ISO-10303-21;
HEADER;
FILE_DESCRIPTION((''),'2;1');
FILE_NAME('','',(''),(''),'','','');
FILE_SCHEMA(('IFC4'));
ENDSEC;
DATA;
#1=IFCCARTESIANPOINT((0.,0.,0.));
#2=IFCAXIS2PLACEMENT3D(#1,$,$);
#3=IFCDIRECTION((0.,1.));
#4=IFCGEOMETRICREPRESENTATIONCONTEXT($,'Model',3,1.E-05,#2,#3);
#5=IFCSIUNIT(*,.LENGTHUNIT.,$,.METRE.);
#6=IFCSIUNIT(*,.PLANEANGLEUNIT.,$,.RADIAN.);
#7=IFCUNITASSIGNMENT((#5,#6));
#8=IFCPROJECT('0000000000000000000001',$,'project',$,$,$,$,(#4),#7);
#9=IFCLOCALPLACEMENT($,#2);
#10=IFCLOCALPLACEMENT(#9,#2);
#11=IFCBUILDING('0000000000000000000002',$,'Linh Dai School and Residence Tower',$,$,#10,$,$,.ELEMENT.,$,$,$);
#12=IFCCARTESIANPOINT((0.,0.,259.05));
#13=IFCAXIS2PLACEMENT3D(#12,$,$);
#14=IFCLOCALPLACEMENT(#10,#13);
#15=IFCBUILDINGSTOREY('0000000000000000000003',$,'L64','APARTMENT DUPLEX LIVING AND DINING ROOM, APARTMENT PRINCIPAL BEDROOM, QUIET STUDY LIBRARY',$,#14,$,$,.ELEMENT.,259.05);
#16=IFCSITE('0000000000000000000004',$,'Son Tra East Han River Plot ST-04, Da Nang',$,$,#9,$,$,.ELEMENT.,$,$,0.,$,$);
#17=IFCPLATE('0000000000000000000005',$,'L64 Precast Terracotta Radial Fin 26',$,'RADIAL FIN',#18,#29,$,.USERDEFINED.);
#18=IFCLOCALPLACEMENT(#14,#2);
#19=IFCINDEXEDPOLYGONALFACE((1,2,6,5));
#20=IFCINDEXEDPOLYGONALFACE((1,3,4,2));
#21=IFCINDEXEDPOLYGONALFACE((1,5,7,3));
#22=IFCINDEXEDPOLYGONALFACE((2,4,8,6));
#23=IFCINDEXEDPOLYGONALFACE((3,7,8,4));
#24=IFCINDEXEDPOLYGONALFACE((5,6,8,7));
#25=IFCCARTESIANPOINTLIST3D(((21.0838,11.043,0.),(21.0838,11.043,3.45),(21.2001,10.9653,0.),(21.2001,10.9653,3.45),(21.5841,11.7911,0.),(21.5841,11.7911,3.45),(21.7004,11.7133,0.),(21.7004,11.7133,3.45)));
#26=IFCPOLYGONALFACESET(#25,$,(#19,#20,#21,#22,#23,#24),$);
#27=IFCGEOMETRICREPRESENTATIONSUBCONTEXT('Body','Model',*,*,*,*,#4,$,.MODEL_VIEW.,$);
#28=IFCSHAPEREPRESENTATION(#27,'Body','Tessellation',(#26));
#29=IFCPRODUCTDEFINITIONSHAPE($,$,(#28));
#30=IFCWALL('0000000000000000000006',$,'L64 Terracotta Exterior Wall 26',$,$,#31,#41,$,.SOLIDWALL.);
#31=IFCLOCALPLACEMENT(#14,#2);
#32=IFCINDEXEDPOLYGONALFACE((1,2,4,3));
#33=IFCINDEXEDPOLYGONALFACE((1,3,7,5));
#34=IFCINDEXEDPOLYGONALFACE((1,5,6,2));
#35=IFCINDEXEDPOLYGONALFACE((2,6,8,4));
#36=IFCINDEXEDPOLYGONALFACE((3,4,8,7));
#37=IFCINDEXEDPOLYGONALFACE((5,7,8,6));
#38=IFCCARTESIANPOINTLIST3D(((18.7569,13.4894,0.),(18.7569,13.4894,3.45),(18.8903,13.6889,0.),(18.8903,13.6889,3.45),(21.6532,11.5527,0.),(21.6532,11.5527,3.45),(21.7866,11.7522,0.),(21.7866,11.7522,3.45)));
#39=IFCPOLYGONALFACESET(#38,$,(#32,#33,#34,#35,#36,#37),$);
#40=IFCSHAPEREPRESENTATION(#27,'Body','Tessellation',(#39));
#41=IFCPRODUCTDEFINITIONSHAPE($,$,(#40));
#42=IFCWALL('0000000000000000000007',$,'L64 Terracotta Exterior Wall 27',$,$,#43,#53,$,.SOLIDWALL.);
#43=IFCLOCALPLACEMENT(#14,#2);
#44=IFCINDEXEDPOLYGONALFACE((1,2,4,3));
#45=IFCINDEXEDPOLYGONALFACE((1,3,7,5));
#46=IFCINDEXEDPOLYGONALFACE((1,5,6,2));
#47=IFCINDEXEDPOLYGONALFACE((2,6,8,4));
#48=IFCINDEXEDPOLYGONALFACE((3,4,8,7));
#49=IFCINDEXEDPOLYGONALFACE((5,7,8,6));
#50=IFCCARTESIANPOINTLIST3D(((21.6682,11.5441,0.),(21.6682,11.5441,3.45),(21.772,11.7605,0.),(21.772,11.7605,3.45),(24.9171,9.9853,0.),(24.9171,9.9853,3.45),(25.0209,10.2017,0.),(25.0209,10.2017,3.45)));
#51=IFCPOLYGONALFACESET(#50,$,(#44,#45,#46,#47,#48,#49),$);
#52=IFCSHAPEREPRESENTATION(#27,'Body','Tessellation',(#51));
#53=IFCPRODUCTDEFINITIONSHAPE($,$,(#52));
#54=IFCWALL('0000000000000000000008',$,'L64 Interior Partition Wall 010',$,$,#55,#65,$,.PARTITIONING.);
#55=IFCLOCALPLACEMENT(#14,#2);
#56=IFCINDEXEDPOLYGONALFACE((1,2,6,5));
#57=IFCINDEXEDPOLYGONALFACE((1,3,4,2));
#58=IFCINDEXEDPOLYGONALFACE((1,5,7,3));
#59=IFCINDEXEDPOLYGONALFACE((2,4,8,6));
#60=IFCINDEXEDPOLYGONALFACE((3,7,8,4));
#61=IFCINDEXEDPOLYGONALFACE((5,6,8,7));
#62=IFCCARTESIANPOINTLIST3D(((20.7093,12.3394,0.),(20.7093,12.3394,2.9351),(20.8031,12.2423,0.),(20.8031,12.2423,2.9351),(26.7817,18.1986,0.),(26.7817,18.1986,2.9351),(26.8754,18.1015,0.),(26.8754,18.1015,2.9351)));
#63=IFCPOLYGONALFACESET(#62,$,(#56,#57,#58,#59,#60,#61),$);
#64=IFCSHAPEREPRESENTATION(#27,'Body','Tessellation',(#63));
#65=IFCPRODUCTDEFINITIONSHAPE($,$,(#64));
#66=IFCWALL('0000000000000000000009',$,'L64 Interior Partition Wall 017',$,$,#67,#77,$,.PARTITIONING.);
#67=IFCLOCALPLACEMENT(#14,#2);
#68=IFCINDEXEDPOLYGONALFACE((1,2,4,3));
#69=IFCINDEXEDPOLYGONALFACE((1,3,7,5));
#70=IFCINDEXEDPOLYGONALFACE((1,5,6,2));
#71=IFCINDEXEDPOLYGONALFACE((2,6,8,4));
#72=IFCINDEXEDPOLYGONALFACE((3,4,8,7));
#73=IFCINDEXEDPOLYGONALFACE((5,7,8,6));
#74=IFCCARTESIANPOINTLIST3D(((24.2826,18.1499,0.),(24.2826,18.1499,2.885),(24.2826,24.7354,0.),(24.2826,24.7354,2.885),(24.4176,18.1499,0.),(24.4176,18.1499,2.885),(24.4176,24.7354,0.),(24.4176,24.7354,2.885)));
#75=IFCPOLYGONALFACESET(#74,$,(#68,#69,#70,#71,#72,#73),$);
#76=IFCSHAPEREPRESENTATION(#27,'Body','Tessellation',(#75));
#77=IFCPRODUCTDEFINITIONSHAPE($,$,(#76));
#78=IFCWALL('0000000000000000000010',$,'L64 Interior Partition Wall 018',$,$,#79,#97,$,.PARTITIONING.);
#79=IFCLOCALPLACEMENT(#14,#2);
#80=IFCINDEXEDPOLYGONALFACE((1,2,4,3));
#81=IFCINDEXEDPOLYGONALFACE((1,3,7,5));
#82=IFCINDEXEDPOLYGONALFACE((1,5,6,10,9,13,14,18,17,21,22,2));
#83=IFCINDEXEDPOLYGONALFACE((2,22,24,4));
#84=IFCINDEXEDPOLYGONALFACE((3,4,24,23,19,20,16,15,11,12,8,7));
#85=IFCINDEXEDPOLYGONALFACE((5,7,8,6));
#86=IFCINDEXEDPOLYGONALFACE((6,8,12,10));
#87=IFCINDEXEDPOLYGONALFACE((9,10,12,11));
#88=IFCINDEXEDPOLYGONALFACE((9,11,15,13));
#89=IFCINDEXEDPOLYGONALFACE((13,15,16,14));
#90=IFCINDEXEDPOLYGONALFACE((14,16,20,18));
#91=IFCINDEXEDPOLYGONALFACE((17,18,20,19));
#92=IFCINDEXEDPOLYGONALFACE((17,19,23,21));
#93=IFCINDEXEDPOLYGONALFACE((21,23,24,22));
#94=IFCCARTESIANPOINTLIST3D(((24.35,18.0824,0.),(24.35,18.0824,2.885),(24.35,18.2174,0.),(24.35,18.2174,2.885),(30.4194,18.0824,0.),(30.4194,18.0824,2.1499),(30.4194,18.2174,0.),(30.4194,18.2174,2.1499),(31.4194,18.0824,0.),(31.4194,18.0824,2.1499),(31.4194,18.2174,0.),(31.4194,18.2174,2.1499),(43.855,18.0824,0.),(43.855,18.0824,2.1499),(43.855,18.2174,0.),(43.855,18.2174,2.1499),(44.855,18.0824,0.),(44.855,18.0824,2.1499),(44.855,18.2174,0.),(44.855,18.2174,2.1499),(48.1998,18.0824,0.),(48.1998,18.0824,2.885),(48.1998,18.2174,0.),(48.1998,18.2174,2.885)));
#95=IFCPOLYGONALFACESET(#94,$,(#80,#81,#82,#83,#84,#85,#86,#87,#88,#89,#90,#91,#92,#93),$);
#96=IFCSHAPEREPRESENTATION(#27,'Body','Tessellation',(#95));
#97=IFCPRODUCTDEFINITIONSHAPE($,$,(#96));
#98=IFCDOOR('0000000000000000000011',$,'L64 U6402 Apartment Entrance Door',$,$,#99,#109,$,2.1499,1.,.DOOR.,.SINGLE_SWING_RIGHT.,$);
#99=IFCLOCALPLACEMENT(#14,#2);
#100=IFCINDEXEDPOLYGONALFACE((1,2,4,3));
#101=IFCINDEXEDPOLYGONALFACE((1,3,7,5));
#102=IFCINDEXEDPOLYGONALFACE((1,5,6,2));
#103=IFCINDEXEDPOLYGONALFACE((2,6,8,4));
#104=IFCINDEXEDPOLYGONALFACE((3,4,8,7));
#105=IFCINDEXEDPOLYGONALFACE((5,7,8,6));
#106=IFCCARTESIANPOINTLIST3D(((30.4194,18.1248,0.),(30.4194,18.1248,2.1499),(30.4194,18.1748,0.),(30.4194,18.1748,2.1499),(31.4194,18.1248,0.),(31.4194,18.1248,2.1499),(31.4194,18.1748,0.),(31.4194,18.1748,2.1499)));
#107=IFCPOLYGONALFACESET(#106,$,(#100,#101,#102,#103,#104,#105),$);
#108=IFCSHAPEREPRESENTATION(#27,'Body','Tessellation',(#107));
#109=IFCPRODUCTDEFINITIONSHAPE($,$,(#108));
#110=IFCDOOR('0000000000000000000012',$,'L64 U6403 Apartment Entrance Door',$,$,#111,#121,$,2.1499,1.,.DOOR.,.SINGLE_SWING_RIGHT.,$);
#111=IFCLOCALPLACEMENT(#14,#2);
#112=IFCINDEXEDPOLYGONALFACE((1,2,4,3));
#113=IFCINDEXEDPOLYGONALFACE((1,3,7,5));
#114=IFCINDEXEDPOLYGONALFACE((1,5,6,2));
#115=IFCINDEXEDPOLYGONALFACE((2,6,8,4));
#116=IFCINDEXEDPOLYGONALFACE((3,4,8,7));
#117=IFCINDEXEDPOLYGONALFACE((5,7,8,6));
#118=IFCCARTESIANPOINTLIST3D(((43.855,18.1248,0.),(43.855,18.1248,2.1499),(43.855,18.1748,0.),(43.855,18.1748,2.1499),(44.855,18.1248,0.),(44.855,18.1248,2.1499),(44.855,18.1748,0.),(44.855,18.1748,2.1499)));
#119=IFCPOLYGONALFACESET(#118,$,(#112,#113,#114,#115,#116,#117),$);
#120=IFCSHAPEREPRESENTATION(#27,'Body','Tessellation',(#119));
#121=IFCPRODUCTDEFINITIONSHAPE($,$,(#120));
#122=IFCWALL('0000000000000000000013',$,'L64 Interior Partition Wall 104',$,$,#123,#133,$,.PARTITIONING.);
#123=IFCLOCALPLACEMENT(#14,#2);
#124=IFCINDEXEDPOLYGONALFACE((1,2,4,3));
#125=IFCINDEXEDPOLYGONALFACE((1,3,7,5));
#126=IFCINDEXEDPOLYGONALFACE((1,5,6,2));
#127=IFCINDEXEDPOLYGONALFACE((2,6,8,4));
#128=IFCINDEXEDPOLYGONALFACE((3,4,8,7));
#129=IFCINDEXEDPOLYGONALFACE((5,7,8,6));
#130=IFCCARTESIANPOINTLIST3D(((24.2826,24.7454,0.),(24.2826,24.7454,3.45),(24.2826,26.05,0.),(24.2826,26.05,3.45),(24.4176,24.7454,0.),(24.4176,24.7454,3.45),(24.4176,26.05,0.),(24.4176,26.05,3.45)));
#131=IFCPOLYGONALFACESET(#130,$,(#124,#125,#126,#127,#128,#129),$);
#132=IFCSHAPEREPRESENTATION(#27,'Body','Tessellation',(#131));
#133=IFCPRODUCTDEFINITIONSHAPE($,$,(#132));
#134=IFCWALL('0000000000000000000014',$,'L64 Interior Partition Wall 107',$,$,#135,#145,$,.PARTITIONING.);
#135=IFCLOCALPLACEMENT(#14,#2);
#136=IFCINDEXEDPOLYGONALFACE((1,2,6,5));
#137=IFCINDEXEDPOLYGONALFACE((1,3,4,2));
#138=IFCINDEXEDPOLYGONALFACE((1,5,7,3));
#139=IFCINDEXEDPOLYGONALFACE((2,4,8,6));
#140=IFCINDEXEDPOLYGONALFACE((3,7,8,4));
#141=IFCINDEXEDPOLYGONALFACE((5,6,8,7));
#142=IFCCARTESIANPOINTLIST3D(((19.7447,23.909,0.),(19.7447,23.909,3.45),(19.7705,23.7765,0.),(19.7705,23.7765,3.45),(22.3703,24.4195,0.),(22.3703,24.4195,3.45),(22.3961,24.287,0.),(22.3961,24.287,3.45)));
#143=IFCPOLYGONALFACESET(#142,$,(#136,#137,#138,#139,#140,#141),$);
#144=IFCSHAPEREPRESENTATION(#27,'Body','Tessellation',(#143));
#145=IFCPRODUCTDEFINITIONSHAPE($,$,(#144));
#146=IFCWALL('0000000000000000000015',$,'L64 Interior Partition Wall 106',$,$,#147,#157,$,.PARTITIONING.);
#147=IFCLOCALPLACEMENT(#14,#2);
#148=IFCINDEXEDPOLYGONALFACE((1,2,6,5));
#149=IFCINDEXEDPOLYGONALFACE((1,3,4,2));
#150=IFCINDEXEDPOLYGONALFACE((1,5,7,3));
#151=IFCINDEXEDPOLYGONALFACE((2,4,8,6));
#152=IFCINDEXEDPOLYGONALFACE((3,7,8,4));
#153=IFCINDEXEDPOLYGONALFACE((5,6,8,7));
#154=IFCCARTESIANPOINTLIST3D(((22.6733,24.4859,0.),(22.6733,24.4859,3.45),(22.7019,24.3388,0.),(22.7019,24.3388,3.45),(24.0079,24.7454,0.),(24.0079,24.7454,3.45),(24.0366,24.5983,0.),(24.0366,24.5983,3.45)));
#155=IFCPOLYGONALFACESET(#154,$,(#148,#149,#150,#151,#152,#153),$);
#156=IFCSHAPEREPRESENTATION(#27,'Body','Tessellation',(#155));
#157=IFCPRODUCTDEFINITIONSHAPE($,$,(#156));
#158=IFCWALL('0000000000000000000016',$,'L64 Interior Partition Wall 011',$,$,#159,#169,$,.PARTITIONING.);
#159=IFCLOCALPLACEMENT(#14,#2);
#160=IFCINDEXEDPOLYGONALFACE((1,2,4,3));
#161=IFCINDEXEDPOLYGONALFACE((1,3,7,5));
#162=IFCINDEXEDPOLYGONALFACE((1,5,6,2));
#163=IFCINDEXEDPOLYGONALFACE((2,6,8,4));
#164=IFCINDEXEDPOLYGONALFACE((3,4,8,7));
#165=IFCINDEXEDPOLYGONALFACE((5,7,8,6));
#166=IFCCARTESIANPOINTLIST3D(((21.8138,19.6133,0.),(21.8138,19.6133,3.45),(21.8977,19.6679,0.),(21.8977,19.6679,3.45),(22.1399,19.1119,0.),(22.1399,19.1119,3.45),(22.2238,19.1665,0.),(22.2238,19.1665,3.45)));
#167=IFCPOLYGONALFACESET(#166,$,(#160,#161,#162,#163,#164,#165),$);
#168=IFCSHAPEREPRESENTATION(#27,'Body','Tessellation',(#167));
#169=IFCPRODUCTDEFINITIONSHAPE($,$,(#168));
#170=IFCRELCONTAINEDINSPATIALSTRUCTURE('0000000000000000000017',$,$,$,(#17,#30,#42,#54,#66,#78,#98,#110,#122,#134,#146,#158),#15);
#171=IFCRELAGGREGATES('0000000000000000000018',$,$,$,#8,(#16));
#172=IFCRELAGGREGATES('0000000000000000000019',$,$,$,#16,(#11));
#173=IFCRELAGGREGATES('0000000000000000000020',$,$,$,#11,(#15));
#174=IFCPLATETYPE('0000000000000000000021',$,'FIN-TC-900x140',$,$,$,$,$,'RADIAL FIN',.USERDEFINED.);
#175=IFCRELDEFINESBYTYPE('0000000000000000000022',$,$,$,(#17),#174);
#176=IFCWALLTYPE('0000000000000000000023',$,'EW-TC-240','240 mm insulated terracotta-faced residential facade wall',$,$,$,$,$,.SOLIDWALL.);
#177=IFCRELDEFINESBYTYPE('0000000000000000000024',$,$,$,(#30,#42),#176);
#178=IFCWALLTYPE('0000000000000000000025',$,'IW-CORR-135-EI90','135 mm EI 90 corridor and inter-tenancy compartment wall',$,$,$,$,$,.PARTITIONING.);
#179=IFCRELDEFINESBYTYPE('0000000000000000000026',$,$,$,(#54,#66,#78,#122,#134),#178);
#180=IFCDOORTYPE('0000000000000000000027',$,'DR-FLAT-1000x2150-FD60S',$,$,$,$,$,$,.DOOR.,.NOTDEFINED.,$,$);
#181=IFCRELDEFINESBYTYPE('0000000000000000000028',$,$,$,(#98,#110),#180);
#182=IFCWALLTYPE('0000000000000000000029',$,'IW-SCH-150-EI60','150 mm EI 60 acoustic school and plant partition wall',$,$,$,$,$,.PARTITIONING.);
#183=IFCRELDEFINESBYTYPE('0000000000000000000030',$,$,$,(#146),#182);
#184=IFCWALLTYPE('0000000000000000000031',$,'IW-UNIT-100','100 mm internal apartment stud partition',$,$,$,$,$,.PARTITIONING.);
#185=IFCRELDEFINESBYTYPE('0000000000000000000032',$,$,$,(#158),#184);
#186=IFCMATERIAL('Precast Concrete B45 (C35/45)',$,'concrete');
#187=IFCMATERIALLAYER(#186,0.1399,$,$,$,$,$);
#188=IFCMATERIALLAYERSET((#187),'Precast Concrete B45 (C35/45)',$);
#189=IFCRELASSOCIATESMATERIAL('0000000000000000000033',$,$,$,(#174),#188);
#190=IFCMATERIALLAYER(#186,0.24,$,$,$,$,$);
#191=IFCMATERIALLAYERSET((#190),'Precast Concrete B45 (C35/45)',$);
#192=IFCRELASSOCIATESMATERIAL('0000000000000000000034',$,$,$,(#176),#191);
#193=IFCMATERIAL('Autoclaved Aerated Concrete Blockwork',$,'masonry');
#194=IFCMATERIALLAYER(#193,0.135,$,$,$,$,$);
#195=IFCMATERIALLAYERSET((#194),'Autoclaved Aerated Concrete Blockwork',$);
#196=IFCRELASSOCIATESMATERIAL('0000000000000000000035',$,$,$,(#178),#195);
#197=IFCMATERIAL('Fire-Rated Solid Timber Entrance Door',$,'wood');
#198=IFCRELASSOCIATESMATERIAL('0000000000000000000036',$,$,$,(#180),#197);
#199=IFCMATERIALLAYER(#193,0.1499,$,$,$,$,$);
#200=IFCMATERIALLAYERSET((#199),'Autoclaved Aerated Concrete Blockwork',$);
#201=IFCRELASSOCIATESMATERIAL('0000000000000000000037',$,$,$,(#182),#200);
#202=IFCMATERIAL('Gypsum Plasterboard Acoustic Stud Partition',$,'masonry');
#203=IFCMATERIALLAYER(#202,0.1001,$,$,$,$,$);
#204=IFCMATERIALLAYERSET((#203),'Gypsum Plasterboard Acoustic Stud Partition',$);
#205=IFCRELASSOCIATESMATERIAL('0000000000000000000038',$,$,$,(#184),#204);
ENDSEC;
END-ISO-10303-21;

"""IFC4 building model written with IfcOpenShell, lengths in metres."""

from ifc_helpers import new_model, si_unit, direction, frame, frame_2d, origin, origin_2d, place, context, subcontext, project, spatial, rectangle, extrude, source, transform, mapped, material, layer, layer_set, type_object, element, fill, save


model = new_model("IFC4")

# Units and contexts
model_context = context("Model", 3, precision=1e-05, world=origin(), true_north=direction((0.0, 1.0)))
body_context = subcontext(model_context, "Body", "Model", "MODEL_VIEW")
ifc_project = project(units=[si_unit("LENGTHUNIT", "METRE"), si_unit("PLANEANGLEUNIT", "RADIAN")], contexts=[model_context])

# Site, building, storey
site_placement = place(None, origin())
site = spatial("IfcSite", under=ifc_project, at=site_placement, Name="Son Tra East Han River Plot ST-04, Da Nang", CompositionType="ELEMENT", RefElevation=0.0)
building_placement = place(site_placement, origin())
building = spatial("IfcBuilding", under=site, at=building_placement, Name="Linh Dai School and Residence Tower", CompositionType="ELEMENT")
storey_placement = place(building_placement, frame((0.0, 0.0, 259.05)))
storey = spatial("IfcBuildingStorey", under=building, at=storey_placement, Name="L64", Description="APARTMENT DUPLEX LIVING AND DINING ROOM, APARTMENT PRINCIPAL BEDROOM, QUIET STUDY LIBRARY", CompositionType="ELEMENT", Elevation=259.05)

# Plate
ifc_material_1 = material(Name="Precast Concrete B45 (C35/45)", Category="concrete")
ifc_layer_1 = layer(ifc_material_1, 0.1399)
ifc_layer_set_1 = layer_set([ifc_layer_1], Name="Precast Concrete B45 (C35/45)")
plate_type = type_object("IfcPlateType", Name="FIN-TC-900x140", ElementType="RADIAL FIN", PredefinedType="USERDEFINED", material=ifc_layer_set_1)
shared_shape_1 = source(origin(), body_context, "Body", "SweptSolid", [
    extrude(rectangle(XDim=0.8999, YDim=0.1399, at=origin_2d()), origin(), (0.0, 0.0, 1.0), 3.45),
])
plate_placement = place(storey_placement, frame((21.3921, 11.3782, 0.0), z_axis=(0.0, 0.0, 1.0), x_axis=(-0.555887, -0.831258, 0.0)))
element("IfcPlate", 1, at=plate_placement, inside=storey, type_object=plate_type, Name="L64 Precast Terracotta Radial Fin 26", ObjectType="RADIAL FIN", PredefinedType="USERDEFINED", context=body_context, shape_type="MappedRepresentation", body=[
    mapped(shared_shape_1, transform((0.0, 0.0, 0.0), x_axis=(1.0, 0.0, 0.0), y_axis=(0.0, 1.0, 0.0), z_axis=(0.0, 0.0, 1.0), scale=1.0)),
])

# Walls
ifc_layer_2 = layer(ifc_material_1, 0.24)
ifc_layer_set_2 = layer_set([ifc_layer_2], Name="Precast Concrete B45 (C35/45)")
wall_type_1 = type_object("IfcWallType", Name="EW-TC-240", Description="240 mm insulated terracotta-faced residential facade wall", PredefinedType="SOLIDWALL", material=ifc_layer_set_2)
wall_1_placement = place(storey_placement, frame((21.72, 11.6523, 0.0), z_axis=(0.0, 0.0, 1.0), x_axis=(-0.831262, 0.55588, 0.0)))
element("IfcWall", 2, at=wall_1_placement, inside=storey, type_object=wall_type_1, Name="L64 Terracotta Exterior Wall 26", PredefinedType="SOLIDWALL", context=body_context, shape_type="SweptSolid", body=[
    extrude(rectangle(XDim=3.4841, YDim=0.24, at=frame_2d((1.7422, 0.0))), origin(), (0.0, 0.0, 1.0), 3.45),
])
wall_2_placement = place(storey_placement, frame((24.969, 10.0935, 0.0), z_axis=(0.0, 0.0, 1.0), x_axis=(-0.901598, 0.432575, 0.0)))
element("IfcWall", 3, at=wall_2_placement, inside=storey, type_object=wall_type_1, Name="L64 Terracotta Exterior Wall 27", PredefinedType="SOLIDWALL", context=body_context, shape_type="SweptSolid", body=[
    extrude(rectangle(XDim=3.6035, YDim=0.24, at=frame_2d((1.8018, 0.0))), origin(), (0.0, 0.0, 1.0), 3.45),
])

# Shared definitions
ifc_material_2 = material(Name="Autoclaved Aerated Concrete Blockwork", Category="masonry")
ifc_layer_3 = layer(ifc_material_2, 0.135)
ifc_layer_set_3 = layer_set([ifc_layer_3], Name="Autoclaved Aerated Concrete Blockwork")
wall_type_2 = type_object("IfcWallType", Name="IW-CORR-135-EI90", Description="135 mm EI 90 corridor and inter-tenancy compartment wall", PredefinedType="PARTITIONING", material=ifc_layer_set_3)
ifc_material_3 = material(Name="Fire-Rated Solid Timber Entrance Door", Category="wood")
door_type_1 = type_object("IfcDoorType", Name="DR-FLAT-1000x2150-FD60S", OperationType="NOTDEFINED", PredefinedType="DOOR", material=ifc_material_3)
shared_shape_2 = source(origin(), body_context, "Body", "SweptSolid", [
    extrude(rectangle(XDim=1.0, YDim=2.1499, at=origin_2d()), frame((0.5, 0.0249, 1.075), z_axis=(0.0, -1.0, 0.0), x_axis=(1.0, 0.0, 0.0)), (0.0, 0.0, 1.0), 0.05),
])

# Walls
wall_3_placement = place(storey_placement, frame((20.7561, 12.2908, 0.0), z_axis=(0.0, 0.0, 1.0), x_axis=(0.719623, 0.694365, 0.0)))
element("IfcWall", 4, at=wall_3_placement, inside=storey, type_object=wall_type_2, Name="L64 Interior Partition Wall 010", PredefinedType="PARTITIONING", context=body_context, shape_type="SweptSolid", body=[
    extrude(rectangle(XDim=8.4382, YDim=0.135, at=frame_2d((4.2192, 0.0))), origin(), (0.0, 0.0, 1.0), 2.9351),
])
wall_4_placement = place(storey_placement, frame((24.3501, 18.1499, 0.0), z_axis=(0.0, 0.0, 1.0), x_axis=(0.0, 1.0, 0.0)))
element("IfcWall", 5, at=wall_4_placement, inside=storey, type_object=wall_type_2, Name="L64 Interior Partition Wall 017", PredefinedType="PARTITIONING", context=body_context, shape_type="SweptSolid", body=[
    extrude(rectangle(XDim=6.5854, YDim=0.135, at=frame_2d((3.2927, 0.0))), origin(), (0.0, 0.0, 1.0), 2.885),
])

# Wall, openings, doors
wall_5_placement = place(storey_placement, frame((24.3501, 18.1499, 0.0), z_axis=(0.0, 0.0, 1.0), x_axis=(1.0, 0.0, 0.0)))
wall_5 = element("IfcWall", 6, at=wall_5_placement, inside=storey, type_object=wall_type_2, Name="L64 Interior Partition Wall 018", PredefinedType="PARTITIONING", context=body_context, shape_type="SweptSolid", body=[
    extrude(rectangle(XDim=23.8499, YDim=0.135, at=frame_2d((11.9248, 0.0))), origin(), (0.0, 0.0, 1.0), 2.885),
])
opening_1_placement = place(wall_5_placement, frame((6.0693, 0.0, 0.0)))
opening_1 = element("IfcOpeningElement", 7, at=opening_1_placement, cuts=wall_5, PredefinedType="OPENING", context=body_context, shape_type="SweptSolid", body=[
    extrude(rectangle(XDim=1.0, YDim=2.1499, at=origin_2d()), frame((0.5, 0.0776, 1.075), z_axis=(0.0, -1.0, 0.0), x_axis=(1.0, 0.0, 0.0)), (0.0, 0.0, 1.0), 0.155),
])
opening_2_placement = place(wall_5_placement, frame((19.5049, 0.0, 0.0)))
opening_2 = element("IfcOpeningElement", 8, at=opening_2_placement, cuts=wall_5, PredefinedType="OPENING", context=body_context, shape_type="SweptSolid", body=[
    extrude(rectangle(XDim=1.0, YDim=2.1499, at=origin_2d()), frame((0.5, 0.0776, 1.075), z_axis=(0.0, -1.0, 0.0), x_axis=(1.0, 0.0, 0.0)), (0.0, 0.0, 1.0), 0.155),
])
door_1_placement = place(opening_1_placement, origin())
door_1 = element("IfcDoor", 9, at=door_1_placement, inside=storey, type_object=door_type_1, Name="L64 U6402 Apartment Entrance Door", OperationType="SINGLE_SWING_RIGHT", OverallHeight=2.1499, OverallWidth=1.0, PredefinedType="DOOR", context=body_context, shape_type="MappedRepresentation", body=[
    mapped(shared_shape_2, transform((0.0, 0.0, 0.0), x_axis=(1.0, 0.0, 0.0), y_axis=(0.0, 1.0, 0.0), z_axis=(0.0, 0.0, 1.0), scale=1.0)),
])
fill(opening_1, door_1)
door_2_placement = place(opening_2_placement, origin())
door_2 = element("IfcDoor", 10, at=door_2_placement, inside=storey, type_object=door_type_1, Name="L64 U6403 Apartment Entrance Door", OperationType="SINGLE_SWING_RIGHT", OverallHeight=2.1499, OverallWidth=1.0, PredefinedType="DOOR", context=body_context, shape_type="MappedRepresentation", body=[
    mapped(shared_shape_2, transform((0.0, 0.0, 0.0), x_axis=(1.0, 0.0, 0.0), y_axis=(0.0, 1.0, 0.0), z_axis=(0.0, 0.0, 1.0), scale=1.0)),
])
fill(opening_2, door_2)

# Walls
wall_6_placement = place(storey_placement, frame((24.3501, 24.7454, 0.0), z_axis=(0.0, 0.0, 1.0), x_axis=(0.0, 1.0, 0.0)))
element("IfcWall", 11, at=wall_6_placement, inside=storey, type_object=wall_type_2, Name="L64 Interior Partition Wall 104", PredefinedType="PARTITIONING", context=body_context, shape_type="SweptSolid", body=[
    extrude(rectangle(XDim=1.3047, YDim=0.135, at=frame_2d((0.6523, 0.0))), origin(), (0.0, 0.0, 1.0), 3.45),
])
wall_7_placement = place(storey_placement, frame((19.7576, 23.8428, 0.0), z_axis=(0.0, 0.0, 1.0), x_axis=(0.98162, 0.190848, 0.0)))
element("IfcWall", 12, at=wall_7_placement, inside=storey, type_object=wall_type_2, Name="L64 Interior Partition Wall 107", PredefinedType="PARTITIONING", context=body_context, shape_type="SweptSolid", body=[
    extrude(rectangle(XDim=2.6748, YDim=0.135, at=frame_2d((1.3374, 0.0))), origin(), (0.0, 0.0, 1.0), 3.45),
])
ifc_layer_4 = layer(ifc_material_2, 0.1499)
ifc_layer_set_4 = layer_set([ifc_layer_4], Name="Autoclaved Aerated Concrete Blockwork")
wall_type_3 = type_object("IfcWallType", Name="IW-SCH-150-EI60", Description="150 mm EI 60 acoustic school and plant partition wall", PredefinedType="PARTITIONING", material=ifc_layer_set_4)
wall_8_placement = place(storey_placement, frame((22.6877, 24.4124, 0.0), z_axis=(0.0, 0.0, 1.0), x_axis=(0.981616, 0.190865, 0.0)))
element("IfcWall", 13, at=wall_8_placement, inside=storey, type_object=wall_type_3, Name="L64 Interior Partition Wall 106", PredefinedType="PARTITIONING", context=body_context, shape_type="SweptSolid", body=[
    extrude(rectangle(XDim=1.3596, YDim=0.1499, at=frame_2d((0.6797, 0.0))), origin(), (0.0, 0.0, 1.0), 3.45),
])
ifc_material_4 = material(Name="Gypsum Plasterboard Acoustic Stud Partition", Category="masonry")
ifc_layer_5 = layer(ifc_material_4, 0.1001)
ifc_layer_set_5 = layer_set([ifc_layer_5], Name="Gypsum Plasterboard Acoustic Stud Partition")
wall_type_4 = type_object("IfcWallType", Name="IW-UNIT-100", Description="100 mm internal apartment stud partition", PredefinedType="PARTITIONING", material=ifc_layer_set_5)
wall_9_placement = place(storey_placement, frame((21.8557, 19.6406, 0.0), z_axis=(0.0, 0.0, 1.0), x_axis=(0.545247, -0.838276, 0.0)))
element("IfcWall", 14, at=wall_9_placement, inside=storey, type_object=wall_type_4, Name="L64 Interior Partition Wall 011", PredefinedType="PARTITIONING", context=body_context, shape_type="SweptSolid", body=[
    extrude(rectangle(XDim=0.5981, YDim=0.1001, at=frame_2d((0.2991, 0.0))), origin(), (0.0, 0.0, 1.0), 3.45),
])

save(model, "model.ifc")
